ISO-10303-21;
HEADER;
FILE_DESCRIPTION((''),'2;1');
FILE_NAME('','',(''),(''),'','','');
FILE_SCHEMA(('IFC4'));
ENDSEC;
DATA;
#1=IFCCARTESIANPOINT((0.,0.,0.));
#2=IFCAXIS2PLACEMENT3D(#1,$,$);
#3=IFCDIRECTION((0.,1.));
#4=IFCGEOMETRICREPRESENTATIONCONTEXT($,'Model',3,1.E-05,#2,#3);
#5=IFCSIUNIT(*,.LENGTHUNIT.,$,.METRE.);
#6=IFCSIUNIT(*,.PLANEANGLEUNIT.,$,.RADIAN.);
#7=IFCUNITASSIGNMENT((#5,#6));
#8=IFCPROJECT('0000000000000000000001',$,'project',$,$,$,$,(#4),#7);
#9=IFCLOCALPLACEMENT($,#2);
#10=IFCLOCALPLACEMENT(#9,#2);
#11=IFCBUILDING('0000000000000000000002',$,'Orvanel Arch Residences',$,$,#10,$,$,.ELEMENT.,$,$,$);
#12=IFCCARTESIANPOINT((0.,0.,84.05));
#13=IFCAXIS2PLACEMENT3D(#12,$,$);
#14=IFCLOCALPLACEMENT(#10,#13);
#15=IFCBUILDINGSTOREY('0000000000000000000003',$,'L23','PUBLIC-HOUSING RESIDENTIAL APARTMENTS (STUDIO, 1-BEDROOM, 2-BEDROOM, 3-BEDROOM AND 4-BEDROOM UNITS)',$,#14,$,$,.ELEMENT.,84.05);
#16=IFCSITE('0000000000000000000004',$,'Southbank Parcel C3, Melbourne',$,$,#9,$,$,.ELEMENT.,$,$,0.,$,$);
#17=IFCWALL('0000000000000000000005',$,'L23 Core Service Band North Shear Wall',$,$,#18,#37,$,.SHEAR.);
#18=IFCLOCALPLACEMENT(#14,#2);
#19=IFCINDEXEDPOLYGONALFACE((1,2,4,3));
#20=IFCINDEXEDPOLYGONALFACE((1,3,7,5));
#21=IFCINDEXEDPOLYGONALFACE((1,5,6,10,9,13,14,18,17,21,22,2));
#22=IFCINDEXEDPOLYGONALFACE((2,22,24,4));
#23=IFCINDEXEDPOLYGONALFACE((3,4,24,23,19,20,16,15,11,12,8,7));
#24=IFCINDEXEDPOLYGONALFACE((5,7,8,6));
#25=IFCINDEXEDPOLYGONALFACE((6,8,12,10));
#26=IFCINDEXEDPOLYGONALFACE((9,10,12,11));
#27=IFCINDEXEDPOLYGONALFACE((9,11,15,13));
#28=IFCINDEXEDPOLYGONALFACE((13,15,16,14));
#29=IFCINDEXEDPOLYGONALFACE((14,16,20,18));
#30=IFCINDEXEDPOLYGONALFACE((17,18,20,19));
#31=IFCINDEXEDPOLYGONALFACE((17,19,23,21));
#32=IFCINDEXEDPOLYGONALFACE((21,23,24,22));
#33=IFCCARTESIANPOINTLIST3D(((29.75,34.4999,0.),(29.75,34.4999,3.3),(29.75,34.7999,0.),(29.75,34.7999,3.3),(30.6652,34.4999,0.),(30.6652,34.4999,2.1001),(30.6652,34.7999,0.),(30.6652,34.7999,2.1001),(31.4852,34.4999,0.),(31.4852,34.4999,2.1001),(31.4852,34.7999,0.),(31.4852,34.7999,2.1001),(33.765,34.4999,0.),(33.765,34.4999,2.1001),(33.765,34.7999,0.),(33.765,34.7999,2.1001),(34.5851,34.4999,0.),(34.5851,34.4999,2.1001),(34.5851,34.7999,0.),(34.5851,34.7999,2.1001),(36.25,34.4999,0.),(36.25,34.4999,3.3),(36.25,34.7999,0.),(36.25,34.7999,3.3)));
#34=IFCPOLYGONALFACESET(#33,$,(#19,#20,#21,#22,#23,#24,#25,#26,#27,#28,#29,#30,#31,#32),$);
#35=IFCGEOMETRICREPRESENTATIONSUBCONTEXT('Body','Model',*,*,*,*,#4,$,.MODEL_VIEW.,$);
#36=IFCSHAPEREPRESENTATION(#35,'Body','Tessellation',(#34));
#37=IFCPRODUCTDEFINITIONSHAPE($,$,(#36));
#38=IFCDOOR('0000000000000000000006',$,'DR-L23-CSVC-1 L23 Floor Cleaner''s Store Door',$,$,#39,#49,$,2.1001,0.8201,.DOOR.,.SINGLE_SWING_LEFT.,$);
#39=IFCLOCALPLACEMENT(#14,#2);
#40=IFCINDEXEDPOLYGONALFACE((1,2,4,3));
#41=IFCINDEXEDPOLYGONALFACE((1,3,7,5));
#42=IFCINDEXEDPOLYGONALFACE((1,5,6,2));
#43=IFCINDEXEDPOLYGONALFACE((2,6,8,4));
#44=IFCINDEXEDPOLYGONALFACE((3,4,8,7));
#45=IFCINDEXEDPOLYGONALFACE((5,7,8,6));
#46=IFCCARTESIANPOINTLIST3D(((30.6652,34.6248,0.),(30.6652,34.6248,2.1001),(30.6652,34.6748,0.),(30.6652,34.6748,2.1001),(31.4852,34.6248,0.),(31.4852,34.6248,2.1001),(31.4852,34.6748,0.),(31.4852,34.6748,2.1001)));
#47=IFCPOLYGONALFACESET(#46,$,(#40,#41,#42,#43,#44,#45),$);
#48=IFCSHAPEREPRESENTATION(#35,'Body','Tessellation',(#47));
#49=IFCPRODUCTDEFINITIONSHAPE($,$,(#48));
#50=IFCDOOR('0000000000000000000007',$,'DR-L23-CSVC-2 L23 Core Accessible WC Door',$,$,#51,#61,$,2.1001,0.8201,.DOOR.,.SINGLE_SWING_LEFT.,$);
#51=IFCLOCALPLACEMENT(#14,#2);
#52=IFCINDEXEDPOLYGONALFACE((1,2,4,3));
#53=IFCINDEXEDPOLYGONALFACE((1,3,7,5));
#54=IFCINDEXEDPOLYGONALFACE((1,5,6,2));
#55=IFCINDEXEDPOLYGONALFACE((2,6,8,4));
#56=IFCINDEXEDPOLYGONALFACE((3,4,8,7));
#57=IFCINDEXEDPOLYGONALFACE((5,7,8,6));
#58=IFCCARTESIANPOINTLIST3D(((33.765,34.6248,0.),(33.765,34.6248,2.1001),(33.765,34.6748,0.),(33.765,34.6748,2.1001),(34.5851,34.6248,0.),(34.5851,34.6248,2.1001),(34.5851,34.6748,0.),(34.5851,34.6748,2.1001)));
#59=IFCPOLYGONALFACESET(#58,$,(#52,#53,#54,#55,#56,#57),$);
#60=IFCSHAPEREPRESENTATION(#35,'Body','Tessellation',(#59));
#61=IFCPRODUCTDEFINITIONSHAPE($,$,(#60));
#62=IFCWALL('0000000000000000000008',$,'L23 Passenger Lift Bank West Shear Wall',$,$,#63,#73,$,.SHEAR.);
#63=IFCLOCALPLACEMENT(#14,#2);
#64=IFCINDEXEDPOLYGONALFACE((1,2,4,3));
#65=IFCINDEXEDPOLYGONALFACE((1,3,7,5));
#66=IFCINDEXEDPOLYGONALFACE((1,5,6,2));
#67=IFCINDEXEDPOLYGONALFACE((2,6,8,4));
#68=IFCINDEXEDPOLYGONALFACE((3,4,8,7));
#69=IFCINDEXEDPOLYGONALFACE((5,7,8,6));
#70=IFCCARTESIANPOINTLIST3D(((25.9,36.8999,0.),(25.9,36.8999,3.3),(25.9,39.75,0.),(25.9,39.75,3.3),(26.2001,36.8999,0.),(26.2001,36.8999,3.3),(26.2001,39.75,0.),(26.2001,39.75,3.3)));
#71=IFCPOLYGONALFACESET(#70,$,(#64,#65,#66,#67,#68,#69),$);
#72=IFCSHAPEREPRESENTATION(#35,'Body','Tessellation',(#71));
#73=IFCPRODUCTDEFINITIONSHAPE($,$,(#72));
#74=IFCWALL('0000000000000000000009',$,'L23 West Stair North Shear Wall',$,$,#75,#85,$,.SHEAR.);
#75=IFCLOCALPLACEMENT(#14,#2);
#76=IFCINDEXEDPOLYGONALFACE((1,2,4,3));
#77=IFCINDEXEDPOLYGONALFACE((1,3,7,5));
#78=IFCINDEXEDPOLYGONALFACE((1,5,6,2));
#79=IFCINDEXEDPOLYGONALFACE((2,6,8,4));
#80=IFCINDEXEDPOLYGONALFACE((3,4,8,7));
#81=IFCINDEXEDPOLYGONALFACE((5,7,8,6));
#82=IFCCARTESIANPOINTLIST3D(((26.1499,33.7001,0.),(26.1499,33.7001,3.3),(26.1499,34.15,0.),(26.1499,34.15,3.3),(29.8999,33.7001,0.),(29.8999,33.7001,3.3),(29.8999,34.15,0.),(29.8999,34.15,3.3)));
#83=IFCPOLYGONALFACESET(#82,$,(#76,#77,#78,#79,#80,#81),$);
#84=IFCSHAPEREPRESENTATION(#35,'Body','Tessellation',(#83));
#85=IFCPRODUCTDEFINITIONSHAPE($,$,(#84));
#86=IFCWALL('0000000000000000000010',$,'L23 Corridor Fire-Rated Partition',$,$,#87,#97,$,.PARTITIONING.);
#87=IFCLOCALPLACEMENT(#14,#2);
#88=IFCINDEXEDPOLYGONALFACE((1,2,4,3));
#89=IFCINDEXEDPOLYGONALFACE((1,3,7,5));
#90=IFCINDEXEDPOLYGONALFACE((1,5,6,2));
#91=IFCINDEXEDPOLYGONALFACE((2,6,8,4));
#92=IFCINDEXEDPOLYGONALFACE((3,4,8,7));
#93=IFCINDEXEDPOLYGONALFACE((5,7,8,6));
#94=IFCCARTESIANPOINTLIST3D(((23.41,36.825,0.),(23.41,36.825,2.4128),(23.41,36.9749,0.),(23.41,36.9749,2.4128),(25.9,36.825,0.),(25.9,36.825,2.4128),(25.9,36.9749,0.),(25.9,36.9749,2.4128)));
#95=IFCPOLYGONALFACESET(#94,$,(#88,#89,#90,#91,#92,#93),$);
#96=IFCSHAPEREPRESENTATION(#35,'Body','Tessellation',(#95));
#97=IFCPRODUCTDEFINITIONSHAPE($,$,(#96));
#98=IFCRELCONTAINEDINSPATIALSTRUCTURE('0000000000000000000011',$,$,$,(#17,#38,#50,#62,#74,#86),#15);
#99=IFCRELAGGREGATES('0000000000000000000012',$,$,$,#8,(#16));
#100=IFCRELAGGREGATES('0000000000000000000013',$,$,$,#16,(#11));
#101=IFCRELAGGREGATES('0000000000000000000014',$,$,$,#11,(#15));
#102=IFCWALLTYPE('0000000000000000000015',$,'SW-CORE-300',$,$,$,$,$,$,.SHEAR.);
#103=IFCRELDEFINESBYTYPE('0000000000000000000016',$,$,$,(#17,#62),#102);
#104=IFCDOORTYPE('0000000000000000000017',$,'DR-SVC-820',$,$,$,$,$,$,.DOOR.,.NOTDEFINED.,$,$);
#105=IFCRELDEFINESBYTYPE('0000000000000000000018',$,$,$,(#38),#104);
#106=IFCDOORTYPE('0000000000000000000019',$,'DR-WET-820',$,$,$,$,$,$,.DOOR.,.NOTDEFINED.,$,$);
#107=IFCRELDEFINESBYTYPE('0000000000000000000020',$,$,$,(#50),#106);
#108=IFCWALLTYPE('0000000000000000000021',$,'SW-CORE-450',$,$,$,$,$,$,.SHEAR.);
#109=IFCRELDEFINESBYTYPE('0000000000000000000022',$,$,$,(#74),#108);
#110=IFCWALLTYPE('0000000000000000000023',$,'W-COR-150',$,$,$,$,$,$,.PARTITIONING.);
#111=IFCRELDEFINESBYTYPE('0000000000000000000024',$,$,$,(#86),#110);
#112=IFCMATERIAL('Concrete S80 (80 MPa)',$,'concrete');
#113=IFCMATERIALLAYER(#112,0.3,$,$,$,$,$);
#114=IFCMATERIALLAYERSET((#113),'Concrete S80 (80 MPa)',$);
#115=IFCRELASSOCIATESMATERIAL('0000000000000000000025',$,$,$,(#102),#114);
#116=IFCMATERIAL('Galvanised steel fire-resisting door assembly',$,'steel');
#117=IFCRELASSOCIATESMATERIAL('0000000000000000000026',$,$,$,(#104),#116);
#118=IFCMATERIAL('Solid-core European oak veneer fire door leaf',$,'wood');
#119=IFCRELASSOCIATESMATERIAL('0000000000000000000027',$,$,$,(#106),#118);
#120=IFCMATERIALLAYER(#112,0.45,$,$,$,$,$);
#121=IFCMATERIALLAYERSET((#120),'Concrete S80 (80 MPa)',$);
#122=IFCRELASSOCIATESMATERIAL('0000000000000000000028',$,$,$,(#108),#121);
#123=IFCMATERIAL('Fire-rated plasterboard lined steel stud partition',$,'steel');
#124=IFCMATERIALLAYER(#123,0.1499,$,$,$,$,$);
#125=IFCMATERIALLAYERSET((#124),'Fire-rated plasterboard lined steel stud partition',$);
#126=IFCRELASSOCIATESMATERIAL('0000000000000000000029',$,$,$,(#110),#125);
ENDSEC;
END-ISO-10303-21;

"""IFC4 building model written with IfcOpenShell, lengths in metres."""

from ifc_helpers import new_model, si_unit, direction, frame, frame_2d, origin, place, context, subcontext, project, spatial, rectangle, extrude, material, layer, layer_set, type_object, element, fill, save


model = new_model("IFC4")

# Units and contexts
model_context = context("Model", 3, precision=1e-05, world=origin(), true_north=direction((0.0, 1.0)))
body_context = subcontext(model_context, "Body", "Model", "MODEL_VIEW")
ifc_project = project(units=[si_unit("LENGTHUNIT", "METRE"), si_unit("PLANEANGLEUNIT", "RADIAN")], contexts=[model_context])

# Site, building, storey
site_placement = place(None, origin())
site = spatial("IfcSite", under=ifc_project, at=site_placement, Name="Southbank Parcel C3, Melbourne", CompositionType="ELEMENT", RefElevation=0.0)
building_placement = place(site_placement, origin())
building = spatial("IfcBuilding", under=site, at=building_placement, Name="Orvanel Arch Residences", CompositionType="ELEMENT")
storey_placement = place(building_placement, frame((0.0, 0.0, 84.05)))
storey = spatial("IfcBuildingStorey", under=building, at=storey_placement, Name="L23", Description="PUBLIC-HOUSING RESIDENTIAL APARTMENTS (STUDIO, 1-BEDROOM, 2-BEDROOM, 3-BEDROOM AND 4-BEDROOM UNITS)", CompositionType="ELEMENT", Elevation=84.05)

# Wall, openings, doors
ifc_material_1 = material(Name="Concrete S80 (80 MPa)", Category="concrete")
ifc_layer_1 = layer(ifc_material_1, 0.3)
ifc_layer_set_1 = layer_set([ifc_layer_1], Name="Concrete S80 (80 MPa)")
wall_type_1 = type_object("IfcWallType", Name="SW-CORE-300", PredefinedType="SHEAR", material=ifc_layer_set_1)
wall_1_placement = place(storey_placement, frame((29.75, 34.6499, 0.0), z_axis=(0.0, 0.0, 1.0), x_axis=(1.0, 0.0, 0.0)))
wall_1 = element("IfcWall", 1, at=wall_1_placement, inside=storey, type_object=wall_type_1, Name="L23 Core Service Band North Shear Wall", PredefinedType="SHEAR", context=body_context, shape_type="SweptSolid", body=[
    extrude(rectangle(XDim=6.5, YDim=0.3, at=frame_2d((3.25, 0.0))), origin(), (0.0, 0.0, 1.0), 3.3),
])
opening_1_placement = place(wall_1_placement, frame((0.915, 0.0, 0.0)))
opening_1 = element("IfcOpeningElement", 2, at=opening_1_placement, cuts=wall_1, PredefinedType="OPENING", context=body_context, shape_type="SweptSolid", body=[
    extrude(rectangle(XDim=0.8201, YDim=2.1001, at=frame_2d((0.4102, 1.05))), frame((0.0, 0.1599, 0.0), z_axis=(0.0, -1.0, 0.0), x_axis=(1.0, 0.0, 0.0)), (0.0, 0.0, 1.0), 0.3201),
])
opening_2_placement = place(wall_1_placement, frame((4.0149, 0.0, 0.0)))
opening_2 = element("IfcOpeningElement", 3, at=opening_2_placement, cuts=wall_1, PredefinedType="OPENING", context=body_context, shape_type="SweptSolid", body=[
    extrude(rectangle(XDim=0.8201, YDim=2.1001, at=frame_2d((0.4102, 1.05))), frame((0.0, 0.1599, 0.0), z_axis=(0.0, -1.0, 0.0), x_axis=(1.0, 0.0, 0.0)), (0.0, 0.0, 1.0), 0.3201),
])
ifc_material_2 = material(Name="Galvanised steel fire-resisting door assembly", Category="steel")
door_type_1 = type_object("IfcDoorType", Name="DR-SVC-820", OperationType="NOTDEFINED", PredefinedType="DOOR", material=ifc_material_2)
door_1_placement = place(opening_1_placement, origin())
door_1 = element("IfcDoor", 4, at=door_1_placement, inside=storey, type_object=door_type_1, Name="DR-L23-CSVC-1 L23 Floor Cleaner's Store Door", OperationType="SINGLE_SWING_LEFT", OverallHeight=2.1001, OverallWidth=0.8201, PredefinedType="DOOR", context=body_context, shape_type="SweptSolid", body=[
    extrude(rectangle(XDim=0.8201, YDim=2.1001, at=frame_2d((0.4102, 1.05))), frame((0.0, 0.0249, 0.0), z_axis=(0.0, -1.0, 0.0), x_axis=(1.0, 0.0, 0.0)), (0.0, 0.0, 1.0), 0.05),
])
fill(opening_1, door_1)
ifc_material_3 = material(Name="Solid-core European oak veneer fire door leaf", Category="wood")
door_type_2 = type_object("IfcDoorType", Name="DR-WET-820", OperationType="NOTDEFINED", PredefinedType="DOOR", material=ifc_material_3)
door_2_placement = place(opening_2_placement, origin())
door_2 = element("IfcDoor", 5, at=door_2_placement, inside=storey, type_object=door_type_2, Name="DR-L23-CSVC-2 L23 Core Accessible WC Door", OperationType="SINGLE_SWING_LEFT", OverallHeight=2.1001, OverallWidth=0.8201, PredefinedType="DOOR", context=body_context, shape_type="SweptSolid", body=[
    extrude(rectangle(XDim=0.8201, YDim=2.1001, at=frame_2d((0.4102, 1.05))), frame((0.0, 0.0249, 0.0), z_axis=(0.0, -1.0, 0.0), x_axis=(1.0, 0.0, 0.0)), (0.0, 0.0, 1.0), 0.05),
])
fill(opening_2, door_2)

# Walls
wall_2_placement = place(storey_placement, frame((26.05, 36.8999, 0.0), z_axis=(0.0, 0.0, 1.0), x_axis=(0.0, 1.0, 0.0)))
element("IfcWall", 6, at=wall_2_placement, inside=storey, type_object=wall_type_1, Name="L23 Passenger Lift Bank West Shear Wall", PredefinedType="SHEAR", context=body_context, shape_type="SweptSolid", body=[
    extrude(rectangle(XDim=2.8501, YDim=0.3, at=frame_2d((1.425, 0.0))), origin(), (0.0, 0.0, 1.0), 3.3),
])
ifc_layer_2 = layer(ifc_material_1, 0.45)
ifc_layer_set_2 = layer_set([ifc_layer_2], Name="Concrete S80 (80 MPa)")
wall_type_2 = type_object("IfcWallType", Name="SW-CORE-450", PredefinedType="SHEAR", material=ifc_layer_set_2)
wall_3_placement = place(storey_placement, frame((26.1499, 33.925, 0.0), z_axis=(0.0, 0.0, 1.0), x_axis=(1.0, 0.0, 0.0)))
element("IfcWall", 7, at=wall_3_placement, inside=storey, type_object=wall_type_2, Name="L23 West Stair North Shear Wall", PredefinedType="SHEAR", context=body_context, shape_type="SweptSolid", body=[
    extrude(rectangle(XDim=3.75, YDim=0.45, at=frame_2d((1.875, 0.0))), origin(), (0.0, 0.0, 1.0), 3.3),
])
ifc_material_4 = material(Name="Fire-rated plasterboard lined steel stud partition", Category="steel")
ifc_layer_3 = layer(ifc_material_4, 0.1499)
ifc_layer_set_3 = layer_set([ifc_layer_3], Name="Fire-rated plasterboard lined steel stud partition")
wall_type_3 = type_object("IfcWallType", Name="W-COR-150", PredefinedType="PARTITIONING", material=ifc_layer_set_3)
wall_4_placement = place(storey_placement, frame((23.4099, 36.8999, 0.0), z_axis=(0.0, 0.0, 1.0), x_axis=(1.0, 0.0, 0.0)))
element("IfcWall", 8, at=wall_4_placement, inside=storey, type_object=wall_type_3, Name="L23 Corridor Fire-Rated Partition", PredefinedType="PARTITIONING", context=body_context, shape_type="SweptSolid", body=[
    extrude(rectangle(XDim=2.49, YDim=0.1499, at=frame_2d((1.2451, 0.0))), origin(), (0.0, 0.0, 1.0), 2.4128),
])

save(model, "model.ifc")
